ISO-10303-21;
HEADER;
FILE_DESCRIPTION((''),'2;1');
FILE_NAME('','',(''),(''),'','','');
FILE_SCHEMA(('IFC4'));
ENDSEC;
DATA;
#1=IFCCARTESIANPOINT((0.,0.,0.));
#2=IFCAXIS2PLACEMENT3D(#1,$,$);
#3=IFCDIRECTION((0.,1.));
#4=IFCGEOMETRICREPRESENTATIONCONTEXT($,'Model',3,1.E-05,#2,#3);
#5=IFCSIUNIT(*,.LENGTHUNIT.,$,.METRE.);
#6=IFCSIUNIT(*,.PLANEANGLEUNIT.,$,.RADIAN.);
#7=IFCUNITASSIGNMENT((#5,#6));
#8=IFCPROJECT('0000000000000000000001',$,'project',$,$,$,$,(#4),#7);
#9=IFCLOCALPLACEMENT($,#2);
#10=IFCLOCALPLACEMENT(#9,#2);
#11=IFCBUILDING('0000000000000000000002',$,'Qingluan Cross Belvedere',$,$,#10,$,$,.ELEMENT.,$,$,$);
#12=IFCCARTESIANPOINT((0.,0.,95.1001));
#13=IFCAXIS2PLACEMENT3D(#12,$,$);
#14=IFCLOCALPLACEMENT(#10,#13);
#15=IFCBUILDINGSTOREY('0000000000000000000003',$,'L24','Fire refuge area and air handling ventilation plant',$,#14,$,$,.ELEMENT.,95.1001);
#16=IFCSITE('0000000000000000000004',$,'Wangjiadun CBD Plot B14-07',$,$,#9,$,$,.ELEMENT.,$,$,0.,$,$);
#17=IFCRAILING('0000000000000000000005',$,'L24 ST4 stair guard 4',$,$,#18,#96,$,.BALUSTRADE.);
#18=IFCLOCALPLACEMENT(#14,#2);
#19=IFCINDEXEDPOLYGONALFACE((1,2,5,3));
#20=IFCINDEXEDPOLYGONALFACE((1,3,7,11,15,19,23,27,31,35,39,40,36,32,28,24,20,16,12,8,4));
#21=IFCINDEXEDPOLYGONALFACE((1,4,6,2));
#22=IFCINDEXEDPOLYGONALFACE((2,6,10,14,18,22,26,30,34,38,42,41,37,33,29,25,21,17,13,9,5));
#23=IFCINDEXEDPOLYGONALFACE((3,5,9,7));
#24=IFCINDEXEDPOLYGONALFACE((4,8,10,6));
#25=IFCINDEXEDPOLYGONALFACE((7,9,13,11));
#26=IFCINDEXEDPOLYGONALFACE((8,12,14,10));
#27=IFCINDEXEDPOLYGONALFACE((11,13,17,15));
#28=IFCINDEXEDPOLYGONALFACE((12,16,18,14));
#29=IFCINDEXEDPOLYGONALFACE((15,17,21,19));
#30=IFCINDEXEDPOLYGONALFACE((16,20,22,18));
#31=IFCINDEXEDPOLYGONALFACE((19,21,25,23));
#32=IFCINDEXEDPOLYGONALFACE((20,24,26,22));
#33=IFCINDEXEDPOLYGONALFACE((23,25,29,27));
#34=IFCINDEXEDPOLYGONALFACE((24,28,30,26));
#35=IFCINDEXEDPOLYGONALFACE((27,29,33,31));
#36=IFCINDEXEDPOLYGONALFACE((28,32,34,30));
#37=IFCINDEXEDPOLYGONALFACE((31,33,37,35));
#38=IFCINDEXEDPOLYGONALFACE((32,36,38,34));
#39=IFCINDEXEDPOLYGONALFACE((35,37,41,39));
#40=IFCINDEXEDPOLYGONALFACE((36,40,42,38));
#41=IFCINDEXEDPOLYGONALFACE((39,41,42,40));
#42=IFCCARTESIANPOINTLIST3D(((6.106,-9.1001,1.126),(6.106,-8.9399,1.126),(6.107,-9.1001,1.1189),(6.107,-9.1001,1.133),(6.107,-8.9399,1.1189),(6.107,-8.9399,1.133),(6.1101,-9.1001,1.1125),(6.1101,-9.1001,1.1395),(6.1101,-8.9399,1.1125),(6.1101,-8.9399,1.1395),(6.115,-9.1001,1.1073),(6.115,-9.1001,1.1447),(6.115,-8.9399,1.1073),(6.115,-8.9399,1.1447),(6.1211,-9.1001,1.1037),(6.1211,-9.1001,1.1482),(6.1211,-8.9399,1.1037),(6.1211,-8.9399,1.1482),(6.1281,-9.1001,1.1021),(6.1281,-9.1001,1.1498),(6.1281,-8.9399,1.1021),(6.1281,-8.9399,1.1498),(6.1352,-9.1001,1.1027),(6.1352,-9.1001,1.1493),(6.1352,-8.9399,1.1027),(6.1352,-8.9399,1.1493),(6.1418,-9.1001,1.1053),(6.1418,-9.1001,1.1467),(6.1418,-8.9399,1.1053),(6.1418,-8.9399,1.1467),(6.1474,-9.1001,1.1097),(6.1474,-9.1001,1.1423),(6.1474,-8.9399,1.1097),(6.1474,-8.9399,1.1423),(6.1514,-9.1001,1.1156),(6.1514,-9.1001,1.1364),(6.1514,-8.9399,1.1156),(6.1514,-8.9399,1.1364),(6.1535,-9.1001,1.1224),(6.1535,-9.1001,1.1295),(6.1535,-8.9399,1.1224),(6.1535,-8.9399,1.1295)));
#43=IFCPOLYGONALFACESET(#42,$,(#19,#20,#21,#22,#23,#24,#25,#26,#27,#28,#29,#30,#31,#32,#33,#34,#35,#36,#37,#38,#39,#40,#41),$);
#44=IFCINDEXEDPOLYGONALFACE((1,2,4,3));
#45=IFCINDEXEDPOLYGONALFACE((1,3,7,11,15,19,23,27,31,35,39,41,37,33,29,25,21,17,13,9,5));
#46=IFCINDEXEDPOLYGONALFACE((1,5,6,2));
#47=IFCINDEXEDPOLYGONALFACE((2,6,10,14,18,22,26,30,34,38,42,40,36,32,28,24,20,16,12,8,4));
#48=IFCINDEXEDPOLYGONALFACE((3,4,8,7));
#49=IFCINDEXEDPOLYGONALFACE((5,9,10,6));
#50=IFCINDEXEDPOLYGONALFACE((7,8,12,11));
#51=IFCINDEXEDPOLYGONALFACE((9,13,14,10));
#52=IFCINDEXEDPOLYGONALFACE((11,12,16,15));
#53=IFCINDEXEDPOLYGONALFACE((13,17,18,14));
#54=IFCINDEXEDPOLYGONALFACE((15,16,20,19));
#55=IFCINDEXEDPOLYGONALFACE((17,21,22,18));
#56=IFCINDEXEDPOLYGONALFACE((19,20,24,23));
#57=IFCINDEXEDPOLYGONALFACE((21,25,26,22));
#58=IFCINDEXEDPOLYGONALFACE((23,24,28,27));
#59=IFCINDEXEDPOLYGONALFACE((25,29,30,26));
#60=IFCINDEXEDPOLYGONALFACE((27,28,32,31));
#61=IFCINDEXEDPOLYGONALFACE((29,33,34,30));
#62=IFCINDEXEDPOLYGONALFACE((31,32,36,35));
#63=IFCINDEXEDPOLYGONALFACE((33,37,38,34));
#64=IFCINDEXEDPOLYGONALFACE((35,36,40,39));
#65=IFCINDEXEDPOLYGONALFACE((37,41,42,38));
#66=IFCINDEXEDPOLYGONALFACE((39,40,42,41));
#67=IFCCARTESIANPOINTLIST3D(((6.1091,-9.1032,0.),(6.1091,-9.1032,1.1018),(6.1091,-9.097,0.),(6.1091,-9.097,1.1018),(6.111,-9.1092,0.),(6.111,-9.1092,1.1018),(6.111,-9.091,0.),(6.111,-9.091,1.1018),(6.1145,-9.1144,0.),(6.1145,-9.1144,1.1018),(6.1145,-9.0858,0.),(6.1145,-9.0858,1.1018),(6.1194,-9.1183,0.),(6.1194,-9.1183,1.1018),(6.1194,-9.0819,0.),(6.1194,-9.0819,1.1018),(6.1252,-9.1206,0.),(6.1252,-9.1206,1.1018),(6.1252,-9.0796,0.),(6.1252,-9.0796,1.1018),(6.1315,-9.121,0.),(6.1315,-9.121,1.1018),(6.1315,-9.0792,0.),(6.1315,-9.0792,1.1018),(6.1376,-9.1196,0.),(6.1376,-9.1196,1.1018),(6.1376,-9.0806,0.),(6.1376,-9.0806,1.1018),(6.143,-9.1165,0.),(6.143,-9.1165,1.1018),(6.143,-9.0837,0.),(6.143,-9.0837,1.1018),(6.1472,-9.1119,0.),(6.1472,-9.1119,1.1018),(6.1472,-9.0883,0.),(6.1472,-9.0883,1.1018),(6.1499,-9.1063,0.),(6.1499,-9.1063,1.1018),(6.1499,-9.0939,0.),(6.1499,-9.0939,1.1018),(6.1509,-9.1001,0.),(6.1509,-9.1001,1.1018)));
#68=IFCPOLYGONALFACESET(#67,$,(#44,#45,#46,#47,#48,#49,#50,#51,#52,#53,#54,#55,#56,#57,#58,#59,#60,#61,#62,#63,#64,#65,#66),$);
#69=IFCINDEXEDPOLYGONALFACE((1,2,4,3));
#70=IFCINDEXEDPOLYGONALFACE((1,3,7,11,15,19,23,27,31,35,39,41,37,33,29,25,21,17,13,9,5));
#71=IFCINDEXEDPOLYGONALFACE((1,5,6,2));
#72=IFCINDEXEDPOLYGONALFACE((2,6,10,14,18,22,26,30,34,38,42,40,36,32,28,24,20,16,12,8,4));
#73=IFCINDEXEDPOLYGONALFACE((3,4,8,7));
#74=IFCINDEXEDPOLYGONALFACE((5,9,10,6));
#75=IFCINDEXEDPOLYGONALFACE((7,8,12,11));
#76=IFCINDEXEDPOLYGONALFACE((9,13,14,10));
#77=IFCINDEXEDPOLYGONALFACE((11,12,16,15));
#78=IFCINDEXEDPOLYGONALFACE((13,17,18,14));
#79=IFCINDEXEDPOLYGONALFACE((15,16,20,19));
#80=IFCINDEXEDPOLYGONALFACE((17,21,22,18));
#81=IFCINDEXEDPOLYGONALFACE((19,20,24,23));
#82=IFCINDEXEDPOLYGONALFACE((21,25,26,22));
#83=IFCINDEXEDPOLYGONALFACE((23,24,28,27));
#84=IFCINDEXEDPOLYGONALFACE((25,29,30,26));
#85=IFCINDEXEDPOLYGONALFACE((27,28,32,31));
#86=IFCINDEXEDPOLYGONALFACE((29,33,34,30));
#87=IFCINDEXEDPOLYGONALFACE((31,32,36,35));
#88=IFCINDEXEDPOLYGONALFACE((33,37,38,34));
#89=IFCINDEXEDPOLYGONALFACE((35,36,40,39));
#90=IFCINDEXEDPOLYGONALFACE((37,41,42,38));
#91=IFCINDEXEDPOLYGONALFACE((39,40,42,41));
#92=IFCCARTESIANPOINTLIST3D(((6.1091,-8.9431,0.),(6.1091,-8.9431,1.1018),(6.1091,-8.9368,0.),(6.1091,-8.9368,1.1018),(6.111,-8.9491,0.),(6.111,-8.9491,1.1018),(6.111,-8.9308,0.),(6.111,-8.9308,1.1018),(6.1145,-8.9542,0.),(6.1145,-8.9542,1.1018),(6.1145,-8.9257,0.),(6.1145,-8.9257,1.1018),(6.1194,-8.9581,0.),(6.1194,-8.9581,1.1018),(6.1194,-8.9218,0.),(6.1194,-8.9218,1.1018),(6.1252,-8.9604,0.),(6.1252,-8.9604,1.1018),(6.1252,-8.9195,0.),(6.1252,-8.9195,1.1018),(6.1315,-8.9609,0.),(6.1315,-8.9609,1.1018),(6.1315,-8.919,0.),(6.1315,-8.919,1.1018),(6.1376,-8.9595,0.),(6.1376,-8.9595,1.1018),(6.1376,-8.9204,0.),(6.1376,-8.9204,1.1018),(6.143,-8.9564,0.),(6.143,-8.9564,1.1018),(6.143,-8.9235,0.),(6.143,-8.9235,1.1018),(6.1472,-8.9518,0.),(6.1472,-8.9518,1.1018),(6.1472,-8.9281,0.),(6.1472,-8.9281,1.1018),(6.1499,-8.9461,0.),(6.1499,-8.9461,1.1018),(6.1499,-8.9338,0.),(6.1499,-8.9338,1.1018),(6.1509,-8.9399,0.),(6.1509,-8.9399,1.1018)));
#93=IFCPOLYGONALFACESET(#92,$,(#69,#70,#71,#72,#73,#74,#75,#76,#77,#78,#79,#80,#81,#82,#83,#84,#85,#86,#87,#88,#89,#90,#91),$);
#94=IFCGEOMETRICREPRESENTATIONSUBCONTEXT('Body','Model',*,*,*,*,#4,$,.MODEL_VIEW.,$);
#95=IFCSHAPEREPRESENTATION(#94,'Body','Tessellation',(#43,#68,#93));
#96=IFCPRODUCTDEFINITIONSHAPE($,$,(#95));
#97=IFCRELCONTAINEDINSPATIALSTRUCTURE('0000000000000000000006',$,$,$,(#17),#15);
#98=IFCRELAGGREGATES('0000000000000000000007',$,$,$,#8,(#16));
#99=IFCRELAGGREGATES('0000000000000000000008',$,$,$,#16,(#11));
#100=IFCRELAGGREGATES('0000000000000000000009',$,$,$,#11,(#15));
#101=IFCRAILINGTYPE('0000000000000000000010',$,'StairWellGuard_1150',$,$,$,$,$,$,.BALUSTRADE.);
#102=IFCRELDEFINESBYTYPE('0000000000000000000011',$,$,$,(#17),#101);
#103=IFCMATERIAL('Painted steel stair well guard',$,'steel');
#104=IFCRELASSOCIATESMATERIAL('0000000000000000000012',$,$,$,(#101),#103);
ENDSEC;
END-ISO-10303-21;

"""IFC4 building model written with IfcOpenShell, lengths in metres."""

from ifc_helpers import new_model, si_unit, direction, frame, origin, origin_2d, place, context, subcontext, project, spatial, circle, extrude, material, type_object, element, save


model = new_model("IFC4")

# Units and contexts
model_context = context("Model", 3, precision=1e-05, world=origin(), true_north=direction((0.0, 1.0)))
body_context = subcontext(model_context, "Body", "Model", "MODEL_VIEW")
ifc_project = project(units=[si_unit("LENGTHUNIT", "METRE"), si_unit("PLANEANGLEUNIT", "RADIAN")], contexts=[model_context])

# Site, building, storey
site_placement = place(None, origin())
site = spatial("IfcSite", under=ifc_project, at=site_placement, Name="Wangjiadun CBD Plot B14-07", CompositionType="ELEMENT", RefElevation=0.0)
building_placement = place(site_placement, origin())
building = spatial("IfcBuilding", under=site, at=building_placement, Name="Qingluan Cross Belvedere", CompositionType="ELEMENT")
storey_placement = place(building_placement, frame((0.0, 0.0, 95.1001)))
storey = spatial("IfcBuildingStorey", under=building, at=storey_placement, Name="L24", Description="Fire refuge area and air handling ventilation plant", CompositionType="ELEMENT", Elevation=95.1001)

# Railing
ifc_material_1 = material(Name="Painted steel stair well guard", Category="steel")
railing_type_1 = type_object("IfcRailingType", Name="StairWellGuard_1150", PredefinedType="BALUSTRADE", material=ifc_material_1)
railing_1_placement = place(storey_placement, frame((6.1299, -9.1001, 0.0)))
element("IfcRailing", 1, at=railing_1_placement, inside=storey, type_object=railing_type_1, Name="L24 ST4 stair guard 4", PredefinedType="BALUSTRADE", context=body_context, shape_type="SweptSolid", body=[
    extrude(circle(Radius=0.0239, at=origin_2d()), frame((0.0, 0.0, 1.126), z_axis=(0.0, 1.0, 0.0), x_axis=(-1.0, 0.0, 0.0)), (0.0, 0.0, 1.0), 0.1602),
    extrude(circle(Radius=0.021, at=origin_2d()), origin(), (0.0, 0.0, 1.0), 1.1018),
    extrude(circle(Radius=0.021, at=origin_2d()), frame((0.0, 0.1602, 0.0)), (0.0, 0.0, 1.0), 1.1018),
])

save(model, "model.ifc")
